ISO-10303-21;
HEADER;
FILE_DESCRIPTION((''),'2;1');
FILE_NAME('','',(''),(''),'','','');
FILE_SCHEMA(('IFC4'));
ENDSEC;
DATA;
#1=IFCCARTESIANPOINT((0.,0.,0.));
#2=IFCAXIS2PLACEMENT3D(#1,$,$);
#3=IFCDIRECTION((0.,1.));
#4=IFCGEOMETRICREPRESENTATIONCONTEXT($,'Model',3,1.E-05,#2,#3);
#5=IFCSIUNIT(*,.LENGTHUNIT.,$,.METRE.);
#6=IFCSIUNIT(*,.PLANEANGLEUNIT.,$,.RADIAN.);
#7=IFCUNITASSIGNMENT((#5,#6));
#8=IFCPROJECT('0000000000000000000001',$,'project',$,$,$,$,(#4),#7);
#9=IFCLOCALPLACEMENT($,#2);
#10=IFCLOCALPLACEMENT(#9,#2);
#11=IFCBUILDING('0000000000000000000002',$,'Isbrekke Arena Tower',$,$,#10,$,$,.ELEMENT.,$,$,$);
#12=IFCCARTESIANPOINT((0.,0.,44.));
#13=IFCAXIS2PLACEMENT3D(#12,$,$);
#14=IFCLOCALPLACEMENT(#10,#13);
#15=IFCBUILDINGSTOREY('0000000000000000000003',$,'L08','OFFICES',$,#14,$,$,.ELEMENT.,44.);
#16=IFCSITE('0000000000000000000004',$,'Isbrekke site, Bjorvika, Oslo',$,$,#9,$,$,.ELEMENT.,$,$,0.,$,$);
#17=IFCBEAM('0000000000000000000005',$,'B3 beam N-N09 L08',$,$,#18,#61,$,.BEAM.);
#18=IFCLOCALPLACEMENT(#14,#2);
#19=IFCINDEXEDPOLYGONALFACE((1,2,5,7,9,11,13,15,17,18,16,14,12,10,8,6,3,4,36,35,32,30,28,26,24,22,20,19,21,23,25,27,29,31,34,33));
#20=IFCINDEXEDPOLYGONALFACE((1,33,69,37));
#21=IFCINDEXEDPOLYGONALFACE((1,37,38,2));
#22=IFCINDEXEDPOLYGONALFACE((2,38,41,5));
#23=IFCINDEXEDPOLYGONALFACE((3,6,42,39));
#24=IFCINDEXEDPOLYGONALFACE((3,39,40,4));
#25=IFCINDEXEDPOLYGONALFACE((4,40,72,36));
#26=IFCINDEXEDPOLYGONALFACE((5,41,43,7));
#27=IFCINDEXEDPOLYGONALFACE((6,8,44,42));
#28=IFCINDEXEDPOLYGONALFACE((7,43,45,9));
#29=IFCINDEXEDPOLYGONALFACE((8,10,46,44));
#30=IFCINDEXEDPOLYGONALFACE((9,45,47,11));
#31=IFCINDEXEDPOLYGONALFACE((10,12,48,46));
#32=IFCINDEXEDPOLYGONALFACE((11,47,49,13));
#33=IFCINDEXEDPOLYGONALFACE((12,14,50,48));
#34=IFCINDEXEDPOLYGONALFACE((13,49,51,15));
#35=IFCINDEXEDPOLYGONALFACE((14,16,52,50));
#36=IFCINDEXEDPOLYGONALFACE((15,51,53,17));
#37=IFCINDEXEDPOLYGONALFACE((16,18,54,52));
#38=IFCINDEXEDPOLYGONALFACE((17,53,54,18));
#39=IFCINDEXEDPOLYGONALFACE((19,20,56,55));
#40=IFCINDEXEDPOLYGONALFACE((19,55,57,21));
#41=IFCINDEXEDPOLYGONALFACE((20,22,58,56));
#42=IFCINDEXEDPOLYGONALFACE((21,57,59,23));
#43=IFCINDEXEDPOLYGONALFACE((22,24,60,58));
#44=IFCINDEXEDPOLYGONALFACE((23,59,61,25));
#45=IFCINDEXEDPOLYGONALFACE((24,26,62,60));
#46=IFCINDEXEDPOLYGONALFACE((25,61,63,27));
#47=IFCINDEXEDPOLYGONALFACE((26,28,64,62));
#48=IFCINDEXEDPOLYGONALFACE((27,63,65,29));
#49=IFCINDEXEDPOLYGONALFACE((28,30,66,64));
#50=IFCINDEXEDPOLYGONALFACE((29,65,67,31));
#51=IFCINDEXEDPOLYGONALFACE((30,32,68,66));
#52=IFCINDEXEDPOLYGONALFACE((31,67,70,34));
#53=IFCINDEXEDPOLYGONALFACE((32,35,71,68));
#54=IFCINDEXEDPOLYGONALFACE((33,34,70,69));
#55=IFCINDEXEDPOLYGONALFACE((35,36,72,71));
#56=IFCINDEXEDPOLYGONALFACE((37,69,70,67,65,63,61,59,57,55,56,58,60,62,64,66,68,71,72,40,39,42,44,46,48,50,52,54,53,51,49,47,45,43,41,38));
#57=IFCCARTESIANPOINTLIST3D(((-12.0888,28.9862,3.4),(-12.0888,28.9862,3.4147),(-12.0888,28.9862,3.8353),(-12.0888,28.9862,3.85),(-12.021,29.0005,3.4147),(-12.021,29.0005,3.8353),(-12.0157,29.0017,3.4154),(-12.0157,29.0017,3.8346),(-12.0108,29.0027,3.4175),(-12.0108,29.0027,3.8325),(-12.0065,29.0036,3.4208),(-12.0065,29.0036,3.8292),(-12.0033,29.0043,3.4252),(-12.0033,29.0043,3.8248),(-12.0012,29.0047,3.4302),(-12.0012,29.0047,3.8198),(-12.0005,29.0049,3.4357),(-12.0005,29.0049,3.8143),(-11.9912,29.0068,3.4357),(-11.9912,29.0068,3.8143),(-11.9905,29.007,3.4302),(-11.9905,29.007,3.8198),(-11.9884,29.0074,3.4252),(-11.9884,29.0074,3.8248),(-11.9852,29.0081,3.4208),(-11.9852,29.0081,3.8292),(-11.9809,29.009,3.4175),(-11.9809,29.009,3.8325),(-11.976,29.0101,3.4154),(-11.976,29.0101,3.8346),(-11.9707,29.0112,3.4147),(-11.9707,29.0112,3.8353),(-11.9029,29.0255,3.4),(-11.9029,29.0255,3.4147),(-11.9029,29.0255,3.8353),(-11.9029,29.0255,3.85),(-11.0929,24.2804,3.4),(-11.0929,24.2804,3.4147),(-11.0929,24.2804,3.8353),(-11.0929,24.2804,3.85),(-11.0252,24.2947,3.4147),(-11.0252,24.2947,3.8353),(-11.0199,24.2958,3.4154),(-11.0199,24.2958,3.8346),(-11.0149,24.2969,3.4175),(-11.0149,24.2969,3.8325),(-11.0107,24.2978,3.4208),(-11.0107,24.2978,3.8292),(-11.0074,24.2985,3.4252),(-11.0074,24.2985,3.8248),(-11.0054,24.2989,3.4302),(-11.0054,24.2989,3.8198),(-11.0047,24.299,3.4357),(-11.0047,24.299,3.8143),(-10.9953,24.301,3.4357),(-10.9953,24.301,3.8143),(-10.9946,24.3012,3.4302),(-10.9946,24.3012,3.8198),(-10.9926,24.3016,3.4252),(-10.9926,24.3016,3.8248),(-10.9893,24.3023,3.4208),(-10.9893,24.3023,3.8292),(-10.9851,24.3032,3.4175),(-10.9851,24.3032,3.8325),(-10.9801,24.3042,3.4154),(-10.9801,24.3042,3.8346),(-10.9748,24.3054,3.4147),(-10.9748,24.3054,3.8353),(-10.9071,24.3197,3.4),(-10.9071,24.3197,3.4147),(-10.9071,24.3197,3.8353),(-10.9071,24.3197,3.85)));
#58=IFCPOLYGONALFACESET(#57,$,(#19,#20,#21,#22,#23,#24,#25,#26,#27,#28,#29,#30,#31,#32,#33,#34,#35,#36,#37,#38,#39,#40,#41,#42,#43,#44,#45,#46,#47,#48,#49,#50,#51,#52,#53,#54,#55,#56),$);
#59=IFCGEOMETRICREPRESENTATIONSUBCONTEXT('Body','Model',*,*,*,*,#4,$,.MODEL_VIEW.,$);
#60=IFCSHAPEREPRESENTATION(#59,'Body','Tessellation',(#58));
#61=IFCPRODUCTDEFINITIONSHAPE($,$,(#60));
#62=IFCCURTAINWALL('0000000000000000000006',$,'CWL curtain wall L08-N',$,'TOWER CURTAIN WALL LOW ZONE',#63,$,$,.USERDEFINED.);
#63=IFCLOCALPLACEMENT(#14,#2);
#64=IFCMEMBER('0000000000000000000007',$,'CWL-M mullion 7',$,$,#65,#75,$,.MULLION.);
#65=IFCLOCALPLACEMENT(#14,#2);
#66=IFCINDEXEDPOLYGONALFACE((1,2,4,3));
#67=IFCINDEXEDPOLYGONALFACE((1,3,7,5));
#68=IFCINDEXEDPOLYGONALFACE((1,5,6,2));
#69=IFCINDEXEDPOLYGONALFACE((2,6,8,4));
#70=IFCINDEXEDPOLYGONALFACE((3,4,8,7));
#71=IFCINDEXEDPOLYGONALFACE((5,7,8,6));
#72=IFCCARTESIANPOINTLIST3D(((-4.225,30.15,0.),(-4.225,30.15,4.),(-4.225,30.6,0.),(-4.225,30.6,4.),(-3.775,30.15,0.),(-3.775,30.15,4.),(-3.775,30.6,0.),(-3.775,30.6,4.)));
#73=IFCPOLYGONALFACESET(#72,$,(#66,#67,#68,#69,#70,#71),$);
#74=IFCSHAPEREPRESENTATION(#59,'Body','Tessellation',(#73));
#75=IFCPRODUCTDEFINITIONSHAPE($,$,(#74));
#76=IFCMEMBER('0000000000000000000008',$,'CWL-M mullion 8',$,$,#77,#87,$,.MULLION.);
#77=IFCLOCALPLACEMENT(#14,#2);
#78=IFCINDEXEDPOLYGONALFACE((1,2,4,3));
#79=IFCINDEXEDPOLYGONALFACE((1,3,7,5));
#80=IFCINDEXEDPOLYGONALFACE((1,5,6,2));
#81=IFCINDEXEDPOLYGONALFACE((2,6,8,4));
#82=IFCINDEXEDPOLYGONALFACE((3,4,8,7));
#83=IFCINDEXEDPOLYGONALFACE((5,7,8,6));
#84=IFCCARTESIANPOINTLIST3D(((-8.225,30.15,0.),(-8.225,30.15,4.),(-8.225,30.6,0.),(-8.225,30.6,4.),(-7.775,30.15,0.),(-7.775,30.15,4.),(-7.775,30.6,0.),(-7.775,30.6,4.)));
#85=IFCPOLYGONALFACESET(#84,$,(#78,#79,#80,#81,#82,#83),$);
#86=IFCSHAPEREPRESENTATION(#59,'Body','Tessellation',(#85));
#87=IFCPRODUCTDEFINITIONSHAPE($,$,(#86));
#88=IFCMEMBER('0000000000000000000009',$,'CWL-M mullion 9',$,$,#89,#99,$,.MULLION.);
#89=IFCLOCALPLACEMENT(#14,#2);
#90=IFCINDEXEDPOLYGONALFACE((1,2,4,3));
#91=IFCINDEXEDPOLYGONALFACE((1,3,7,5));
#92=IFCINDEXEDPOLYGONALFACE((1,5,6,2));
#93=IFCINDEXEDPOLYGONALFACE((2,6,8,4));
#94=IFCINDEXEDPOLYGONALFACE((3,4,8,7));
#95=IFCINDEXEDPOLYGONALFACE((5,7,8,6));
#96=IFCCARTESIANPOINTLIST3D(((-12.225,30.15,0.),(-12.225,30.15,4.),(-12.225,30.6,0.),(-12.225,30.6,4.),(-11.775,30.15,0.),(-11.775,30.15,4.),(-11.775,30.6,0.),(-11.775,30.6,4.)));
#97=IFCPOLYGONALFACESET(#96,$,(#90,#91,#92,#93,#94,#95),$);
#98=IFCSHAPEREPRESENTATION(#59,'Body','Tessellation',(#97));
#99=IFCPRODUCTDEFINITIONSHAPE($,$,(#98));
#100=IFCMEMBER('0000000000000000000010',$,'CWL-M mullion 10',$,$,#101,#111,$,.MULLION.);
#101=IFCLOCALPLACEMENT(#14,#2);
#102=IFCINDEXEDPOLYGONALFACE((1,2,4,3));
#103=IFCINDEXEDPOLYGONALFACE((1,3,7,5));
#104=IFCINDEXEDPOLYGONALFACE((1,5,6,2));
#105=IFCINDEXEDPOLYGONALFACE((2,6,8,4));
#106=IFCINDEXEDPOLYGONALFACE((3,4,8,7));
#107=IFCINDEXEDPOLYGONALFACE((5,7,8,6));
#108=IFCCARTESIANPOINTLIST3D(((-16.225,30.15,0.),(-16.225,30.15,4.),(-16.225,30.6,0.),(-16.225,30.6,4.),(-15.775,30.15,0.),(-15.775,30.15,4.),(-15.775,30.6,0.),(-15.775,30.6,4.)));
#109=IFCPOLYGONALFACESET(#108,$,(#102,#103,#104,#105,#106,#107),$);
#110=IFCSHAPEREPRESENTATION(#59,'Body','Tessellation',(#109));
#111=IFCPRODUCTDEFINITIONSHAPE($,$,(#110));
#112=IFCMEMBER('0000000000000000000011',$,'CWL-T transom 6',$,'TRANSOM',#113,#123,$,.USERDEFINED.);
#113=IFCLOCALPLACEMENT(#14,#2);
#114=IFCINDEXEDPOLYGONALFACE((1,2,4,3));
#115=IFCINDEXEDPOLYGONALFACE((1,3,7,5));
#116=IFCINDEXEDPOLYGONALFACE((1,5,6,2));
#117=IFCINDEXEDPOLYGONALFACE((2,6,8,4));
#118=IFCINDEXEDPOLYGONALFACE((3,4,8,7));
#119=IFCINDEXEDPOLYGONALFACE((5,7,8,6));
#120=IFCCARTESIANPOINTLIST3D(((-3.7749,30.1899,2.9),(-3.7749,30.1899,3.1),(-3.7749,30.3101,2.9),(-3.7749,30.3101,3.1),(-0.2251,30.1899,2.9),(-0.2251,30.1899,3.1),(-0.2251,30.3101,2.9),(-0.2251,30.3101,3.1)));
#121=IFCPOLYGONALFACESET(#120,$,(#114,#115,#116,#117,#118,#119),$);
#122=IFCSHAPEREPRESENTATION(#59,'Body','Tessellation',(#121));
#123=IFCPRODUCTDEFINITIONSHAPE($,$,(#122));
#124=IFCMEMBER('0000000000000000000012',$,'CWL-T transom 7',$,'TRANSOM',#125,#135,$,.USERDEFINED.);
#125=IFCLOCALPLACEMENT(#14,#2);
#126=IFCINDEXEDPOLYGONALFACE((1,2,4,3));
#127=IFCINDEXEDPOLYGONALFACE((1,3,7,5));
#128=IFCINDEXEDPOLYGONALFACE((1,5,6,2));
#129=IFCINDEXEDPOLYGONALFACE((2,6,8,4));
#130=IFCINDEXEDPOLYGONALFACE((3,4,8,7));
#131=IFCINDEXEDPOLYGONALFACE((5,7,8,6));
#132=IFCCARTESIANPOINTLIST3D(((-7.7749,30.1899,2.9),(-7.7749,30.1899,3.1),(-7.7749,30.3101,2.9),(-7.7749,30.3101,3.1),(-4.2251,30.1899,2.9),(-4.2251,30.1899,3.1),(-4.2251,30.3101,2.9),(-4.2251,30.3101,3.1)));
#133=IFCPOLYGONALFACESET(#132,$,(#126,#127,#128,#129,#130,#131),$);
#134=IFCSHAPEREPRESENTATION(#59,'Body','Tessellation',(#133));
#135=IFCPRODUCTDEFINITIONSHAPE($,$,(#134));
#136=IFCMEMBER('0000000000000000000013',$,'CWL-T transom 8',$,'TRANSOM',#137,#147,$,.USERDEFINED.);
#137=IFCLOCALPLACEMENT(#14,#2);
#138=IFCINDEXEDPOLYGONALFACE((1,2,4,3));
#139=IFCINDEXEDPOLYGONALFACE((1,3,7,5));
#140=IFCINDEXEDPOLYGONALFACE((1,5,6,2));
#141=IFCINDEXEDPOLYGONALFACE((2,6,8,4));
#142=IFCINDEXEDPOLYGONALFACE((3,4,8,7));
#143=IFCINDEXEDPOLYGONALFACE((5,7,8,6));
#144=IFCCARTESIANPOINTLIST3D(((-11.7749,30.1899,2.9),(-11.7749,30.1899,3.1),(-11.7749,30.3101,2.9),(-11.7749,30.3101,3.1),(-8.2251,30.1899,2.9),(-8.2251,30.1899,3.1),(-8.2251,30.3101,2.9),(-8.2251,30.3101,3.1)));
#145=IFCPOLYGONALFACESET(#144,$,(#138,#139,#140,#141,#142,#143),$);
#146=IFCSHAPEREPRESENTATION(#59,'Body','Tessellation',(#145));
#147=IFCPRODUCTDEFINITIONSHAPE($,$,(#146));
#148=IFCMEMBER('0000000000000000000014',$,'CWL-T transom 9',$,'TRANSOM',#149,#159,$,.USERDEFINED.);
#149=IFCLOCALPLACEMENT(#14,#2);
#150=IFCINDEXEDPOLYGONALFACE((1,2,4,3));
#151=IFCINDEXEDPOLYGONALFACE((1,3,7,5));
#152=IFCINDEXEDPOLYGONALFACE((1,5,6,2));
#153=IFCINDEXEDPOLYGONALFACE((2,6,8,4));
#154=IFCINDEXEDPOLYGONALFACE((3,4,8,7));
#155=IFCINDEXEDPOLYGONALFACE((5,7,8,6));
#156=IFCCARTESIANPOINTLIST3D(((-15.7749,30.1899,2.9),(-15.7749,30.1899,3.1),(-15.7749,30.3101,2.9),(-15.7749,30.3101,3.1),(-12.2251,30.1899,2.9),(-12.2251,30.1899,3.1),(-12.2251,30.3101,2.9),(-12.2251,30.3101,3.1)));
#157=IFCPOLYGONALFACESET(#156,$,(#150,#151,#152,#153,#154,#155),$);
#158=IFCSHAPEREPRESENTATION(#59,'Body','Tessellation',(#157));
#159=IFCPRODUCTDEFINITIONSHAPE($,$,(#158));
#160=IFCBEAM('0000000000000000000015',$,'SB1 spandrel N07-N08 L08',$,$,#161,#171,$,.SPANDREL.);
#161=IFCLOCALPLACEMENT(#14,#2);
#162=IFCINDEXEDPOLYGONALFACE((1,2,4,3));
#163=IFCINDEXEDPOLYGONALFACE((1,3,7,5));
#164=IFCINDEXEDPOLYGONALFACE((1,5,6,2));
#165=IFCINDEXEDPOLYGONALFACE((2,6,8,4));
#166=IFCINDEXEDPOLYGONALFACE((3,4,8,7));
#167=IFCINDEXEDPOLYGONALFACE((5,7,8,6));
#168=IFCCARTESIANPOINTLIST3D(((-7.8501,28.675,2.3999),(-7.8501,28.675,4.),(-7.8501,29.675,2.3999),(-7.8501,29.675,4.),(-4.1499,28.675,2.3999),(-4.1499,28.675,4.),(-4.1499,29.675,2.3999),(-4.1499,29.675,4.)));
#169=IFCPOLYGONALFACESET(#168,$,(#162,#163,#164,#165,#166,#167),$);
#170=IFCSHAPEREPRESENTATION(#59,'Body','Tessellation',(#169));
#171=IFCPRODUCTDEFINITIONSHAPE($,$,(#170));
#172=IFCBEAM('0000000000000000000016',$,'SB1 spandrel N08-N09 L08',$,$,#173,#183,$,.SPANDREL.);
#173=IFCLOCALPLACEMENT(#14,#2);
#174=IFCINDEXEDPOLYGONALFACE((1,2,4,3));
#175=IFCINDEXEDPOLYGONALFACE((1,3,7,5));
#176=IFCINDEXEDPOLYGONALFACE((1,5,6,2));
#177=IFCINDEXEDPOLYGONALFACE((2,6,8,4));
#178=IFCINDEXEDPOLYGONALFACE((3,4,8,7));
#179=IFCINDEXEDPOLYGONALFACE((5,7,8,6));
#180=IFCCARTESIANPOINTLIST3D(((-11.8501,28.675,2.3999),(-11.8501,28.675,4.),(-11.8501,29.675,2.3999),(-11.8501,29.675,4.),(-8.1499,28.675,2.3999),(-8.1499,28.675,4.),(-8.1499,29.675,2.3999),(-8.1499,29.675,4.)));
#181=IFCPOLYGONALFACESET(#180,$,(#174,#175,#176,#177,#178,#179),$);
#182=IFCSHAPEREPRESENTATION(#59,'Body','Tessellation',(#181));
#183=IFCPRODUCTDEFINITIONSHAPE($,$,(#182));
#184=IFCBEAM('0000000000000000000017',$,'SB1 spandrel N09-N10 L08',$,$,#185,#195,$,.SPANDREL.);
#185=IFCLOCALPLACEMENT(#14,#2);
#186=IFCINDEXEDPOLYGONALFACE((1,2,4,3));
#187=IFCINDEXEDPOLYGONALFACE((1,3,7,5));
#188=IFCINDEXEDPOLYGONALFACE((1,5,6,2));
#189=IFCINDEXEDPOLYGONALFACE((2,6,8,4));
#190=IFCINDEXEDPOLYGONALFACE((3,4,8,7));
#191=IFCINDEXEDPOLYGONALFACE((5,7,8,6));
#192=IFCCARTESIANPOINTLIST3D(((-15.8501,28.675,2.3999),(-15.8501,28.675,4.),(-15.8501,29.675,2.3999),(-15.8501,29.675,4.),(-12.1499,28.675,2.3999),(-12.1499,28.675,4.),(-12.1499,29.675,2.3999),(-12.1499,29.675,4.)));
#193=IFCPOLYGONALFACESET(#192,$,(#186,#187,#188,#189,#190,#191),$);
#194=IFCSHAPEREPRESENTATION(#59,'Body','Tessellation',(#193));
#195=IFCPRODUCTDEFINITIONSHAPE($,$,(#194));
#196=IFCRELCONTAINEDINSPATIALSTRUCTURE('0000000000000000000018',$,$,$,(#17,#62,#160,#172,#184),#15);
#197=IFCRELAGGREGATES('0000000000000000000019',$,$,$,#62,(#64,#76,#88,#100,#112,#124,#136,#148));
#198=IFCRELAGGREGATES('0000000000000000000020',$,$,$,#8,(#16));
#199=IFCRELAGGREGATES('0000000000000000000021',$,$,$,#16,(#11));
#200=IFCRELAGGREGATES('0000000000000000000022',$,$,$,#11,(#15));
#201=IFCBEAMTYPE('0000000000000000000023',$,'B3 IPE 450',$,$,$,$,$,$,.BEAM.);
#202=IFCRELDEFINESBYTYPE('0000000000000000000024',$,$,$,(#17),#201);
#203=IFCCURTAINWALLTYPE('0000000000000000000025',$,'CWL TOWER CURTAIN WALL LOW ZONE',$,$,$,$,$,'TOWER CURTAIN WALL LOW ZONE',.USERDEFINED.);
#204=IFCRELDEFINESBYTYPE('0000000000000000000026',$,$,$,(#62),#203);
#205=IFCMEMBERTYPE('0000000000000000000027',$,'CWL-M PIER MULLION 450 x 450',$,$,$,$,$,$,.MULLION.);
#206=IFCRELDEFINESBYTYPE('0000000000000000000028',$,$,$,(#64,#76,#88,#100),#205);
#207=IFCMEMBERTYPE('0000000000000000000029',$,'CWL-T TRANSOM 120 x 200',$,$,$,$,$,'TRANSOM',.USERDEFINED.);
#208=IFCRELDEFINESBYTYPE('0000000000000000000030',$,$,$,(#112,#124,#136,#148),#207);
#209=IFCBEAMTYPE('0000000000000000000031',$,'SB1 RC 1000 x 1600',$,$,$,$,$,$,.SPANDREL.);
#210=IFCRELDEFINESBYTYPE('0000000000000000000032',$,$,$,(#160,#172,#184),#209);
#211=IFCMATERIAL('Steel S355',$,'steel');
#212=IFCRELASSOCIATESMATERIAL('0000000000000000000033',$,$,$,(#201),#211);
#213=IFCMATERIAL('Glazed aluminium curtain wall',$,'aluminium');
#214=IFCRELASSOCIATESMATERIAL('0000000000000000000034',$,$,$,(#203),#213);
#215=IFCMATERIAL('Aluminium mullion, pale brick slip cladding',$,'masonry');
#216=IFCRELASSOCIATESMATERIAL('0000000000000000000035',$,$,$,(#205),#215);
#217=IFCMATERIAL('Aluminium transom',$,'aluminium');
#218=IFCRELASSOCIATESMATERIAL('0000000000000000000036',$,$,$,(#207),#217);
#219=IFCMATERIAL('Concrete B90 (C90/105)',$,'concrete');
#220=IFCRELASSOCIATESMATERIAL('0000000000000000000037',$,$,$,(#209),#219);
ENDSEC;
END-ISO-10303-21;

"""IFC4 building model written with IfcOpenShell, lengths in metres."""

from ifc_helpers import new_model, si_unit, direction, frame, origin, origin_2d, place, context, subcontext, project, spatial, rectangle, i_section, extrude, material, material_profile, profile_set, type_object, element, aggregate, save


model = new_model("IFC4")

# Units and contexts
model_context = context("Model", 3, precision=1e-05, world=origin(), true_north=direction((0.0, 1.0)))
body_context = subcontext(model_context, "Body", "Model", "MODEL_VIEW")
ifc_project = project(units=[si_unit("LENGTHUNIT", "METRE"), si_unit("PLANEANGLEUNIT", "RADIAN")], contexts=[model_context])

# Site, building, storey
site_placement = place(None, origin())
site = spatial("IfcSite", under=ifc_project, at=site_placement, Name="Isbrekke site, Bjorvika, Oslo", CompositionType="ELEMENT", RefElevation=0.0)
building_placement = place(site_placement, origin())
building = spatial("IfcBuilding", under=site, at=building_placement, Name="Isbrekke Arena Tower", CompositionType="ELEMENT")
storey_placement = place(building_placement, frame((0.0, 0.0, 44.0)))
storey = spatial("IfcBuildingStorey", under=building, at=storey_placement, Name="L08", Description="OFFICES", CompositionType="ELEMENT", Elevation=44.0)

# Beam
ifc_material_1 = material(Name="Steel S355", Category="steel")
ifc_material_profile_1 = material_profile(ifc_material_1, i_section(OverallWidth=0.1899, OverallDepth=0.45, WebThickness=0.0095, FlangeThickness=0.0146, FilletRadius=0.021, at=origin_2d()), Name="IPE 450")
ifc_profile_set_1 = profile_set([ifc_material_profile_1], Name="Steel S355")
beam_type_1 = type_object("IfcBeamType", Name="B3 IPE 450", PredefinedType="BEAM", material=ifc_profile_set_1)
beam_1_placement = place(storey_placement, frame((-11.9958, 29.0059, 3.625), z_axis=(0.207036, -0.978333, 0.0), x_axis=(0.978333, 0.207036, 0.0)))
element("IfcBeam", 1, at=beam_1_placement, inside=storey, type_object=beam_type_1, Name="B3 beam N-N09 L08", PredefinedType="BEAM", context=body_context, shape_type="SweptSolid", body=[
    extrude(i_section(OverallWidth=0.1899, OverallDepth=0.45, WebThickness=0.0095, FlangeThickness=0.0146, FilletRadius=0.021, at=origin_2d()), origin(), (0.0, 0.0, 1.0), 4.8101),
])

# Curtain wall, members
ifc_material_2 = material(Name="Glazed aluminium curtain wall", Category="aluminium")
curtain_wall_type = type_object("IfcCurtainWallType", Name="CWL TOWER CURTAIN WALL LOW ZONE", ElementType="TOWER CURTAIN WALL LOW ZONE", PredefinedType="USERDEFINED", material=ifc_material_2)
curtain_wall_placement = place(storey_placement, origin())
curtain_wall = element("IfcCurtainWall", 2, at=curtain_wall_placement, inside=storey, type_object=curtain_wall_type, Name="CWL curtain wall L08-N", ObjectType="TOWER CURTAIN WALL LOW ZONE", PredefinedType="USERDEFINED")
ifc_material_3 = material(Name="Aluminium mullion, pale brick slip cladding", Category="masonry")
ifc_material_profile_2 = material_profile(ifc_material_3, rectangle(XDim=0.45, YDim=0.45, at=origin_2d()), Name="PIER 450X450")
ifc_profile_set_2 = profile_set([ifc_material_profile_2], Name="Aluminium mullion, pale brick slip cladding")
member_type_1 = type_object("IfcMemberType", Name="CWL-M PIER MULLION 450 x 450", PredefinedType="MULLION", material=ifc_profile_set_2)
member_1_placement = place(storey_placement, frame((-4.0, 30.375, 0.0), z_axis=(0.0, 0.0, 1.0), x_axis=(-1.0, 0.0, 0.0)))
member_1 = element("IfcMember", 3, at=member_1_placement, type_object=member_type_1, Name="CWL-M mullion 7", PredefinedType="MULLION", context=body_context, shape_type="SweptSolid", body=[
    extrude(rectangle(XDim=0.45, YDim=0.45, at=origin_2d()), origin(), (0.0, 0.0, 1.0), 4.0),
])
member_2_placement = place(storey_placement, frame((-8.0, 30.375, 0.0), z_axis=(0.0, 0.0, 1.0), x_axis=(-1.0, 0.0, 0.0)))
member_2 = element("IfcMember", 4, at=member_2_placement, type_object=member_type_1, Name="CWL-M mullion 8", PredefinedType="MULLION", context=body_context, shape_type="SweptSolid", body=[
    extrude(rectangle(XDim=0.45, YDim=0.45, at=origin_2d()), origin(), (0.0, 0.0, 1.0), 4.0),
])
member_3_placement = place(storey_placement, frame((-12.0, 30.375, 0.0), z_axis=(0.0, 0.0, 1.0), x_axis=(-1.0, 0.0, 0.0)))
member_3 = element("IfcMember", 5, at=member_3_placement, type_object=member_type_1, Name="CWL-M mullion 9", PredefinedType="MULLION", context=body_context, shape_type="SweptSolid", body=[
    extrude(rectangle(XDim=0.45, YDim=0.45, at=origin_2d()), origin(), (0.0, 0.0, 1.0), 4.0),
])
member_4_placement = place(storey_placement, frame((-16.0, 30.375, 0.0), z_axis=(0.0, 0.0, 1.0), x_axis=(-1.0, 0.0, 0.0)))
member_4 = element("IfcMember", 6, at=member_4_placement, type_object=member_type_1, Name="CWL-M mullion 10", PredefinedType="MULLION", context=body_context, shape_type="SweptSolid", body=[
    extrude(rectangle(XDim=0.45, YDim=0.45, at=origin_2d()), origin(), (0.0, 0.0, 1.0), 4.0),
])
ifc_material_4 = material(Name="Aluminium transom", Category="aluminium")
ifc_material_profile_3 = material_profile(ifc_material_4, rectangle(XDim=0.1201, YDim=0.2, at=origin_2d()), Name="TRANSOM 120X200")
ifc_profile_set_3 = profile_set([ifc_material_profile_3], Name="Aluminium transom")
member_type_2 = type_object("IfcMemberType", Name="CWL-T TRANSOM 120 x 200", ElementType="TRANSOM", PredefinedType="USERDEFINED", material=ifc_profile_set_3)
member_5_placement = place(storey_placement, frame((-0.2251, 30.25, 3.0), z_axis=(-1.0, 0.0, 0.0), x_axis=(0.0, -1.0, 0.0)))
member_5 = element("IfcMember", 7, at=member_5_placement, type_object=member_type_2, Name="CWL-T transom 6", ObjectType="TRANSOM", PredefinedType="USERDEFINED", context=body_context, shape_type="SweptSolid", body=[
    extrude(rectangle(XDim=0.1201, YDim=0.2, at=origin_2d()), origin(), (0.0, 0.0, 1.0), 3.5498),
])
member_6_placement = place(storey_placement, frame((-4.2251, 30.25, 3.0), z_axis=(-1.0, 0.0, 0.0), x_axis=(0.0, -1.0, 0.0)))
member_6 = element("IfcMember", 8, at=member_6_placement, type_object=member_type_2, Name="CWL-T transom 7", ObjectType="TRANSOM", PredefinedType="USERDEFINED", context=body_context, shape_type="SweptSolid", body=[
    extrude(rectangle(XDim=0.1201, YDim=0.2, at=origin_2d()), origin(), (0.0, 0.0, 1.0), 3.5498),
])
member_7_placement = place(storey_placement, frame((-8.2251, 30.25, 3.0), z_axis=(-1.0, 0.0, 0.0), x_axis=(0.0, -1.0, 0.0)))
member_7 = element("IfcMember", 9, at=member_7_placement, type_object=member_type_2, Name="CWL-T transom 8", ObjectType="TRANSOM", PredefinedType="USERDEFINED", context=body_context, shape_type="SweptSolid", body=[
    extrude(rectangle(XDim=0.1201, YDim=0.2, at=origin_2d()), origin(), (0.0, 0.0, 1.0), 3.5498),
])
member_8_placement = place(storey_placement, frame((-12.2251, 30.25, 3.0), z_axis=(-1.0, 0.0, 0.0), x_axis=(0.0, -1.0, 0.0)))
member_8 = element("IfcMember", 10, at=member_8_placement, type_object=member_type_2, Name="CWL-T transom 9", ObjectType="TRANSOM", PredefinedType="USERDEFINED", context=body_context, shape_type="SweptSolid", body=[
    extrude(rectangle(XDim=0.1201, YDim=0.2, at=origin_2d()), origin(), (0.0, 0.0, 1.0), 3.5498),
])

# Beams
ifc_material_5 = material(Name="Concrete B90 (C90/105)", Category="concrete")
ifc_material_profile_4 = material_profile(ifc_material_5, rectangle(XDim=1.0, YDim=1.6001, at=origin_2d()), Name="RC 1000x1600")
ifc_profile_set_4 = profile_set([ifc_material_profile_4], Name="Concrete B90 (C90/105)")
beam_type_2 = type_object("IfcBeamType", Name="SB1 RC 1000 x 1600", PredefinedType="SPANDREL", material=ifc_profile_set_4)
for number, where, z_axis, x_axis, name in (
    (11, (-4.1499, 29.175, 3.2), (-1.0, 0.0, 0.0), (0.0, -1.0, 0.0), "SB1 spandrel N07-N08 L08"),
    (12, (-8.1499, 29.175, 3.2), (-1.0, 0.0, 0.0), (0.0, -1.0, 0.0), "SB1 spandrel N08-N09 L08"),
    (13, (-12.1499, 29.175, 3.2), (-1.0, 0.0, 0.0), (0.0, -1.0, 0.0), "SB1 spandrel N09-N10 L08"),
):
    element("IfcBeam", number, at=place(storey_placement, frame(where, z_axis=z_axis, x_axis=x_axis)), inside=storey, type_object=beam_type_2, Name=name, PredefinedType="SPANDREL", context=body_context, shape_type="SweptSolid", body=[
        extrude(rectangle(XDim=1.0, YDim=1.6001, at=origin_2d()), origin(), (0.0, 0.0, 1.0), 3.7002),
    ])

aggregate(curtain_wall, [member_1, member_2, member_3, member_4, member_5, member_6, member_7, member_8])

save(model, "model.ifc")
